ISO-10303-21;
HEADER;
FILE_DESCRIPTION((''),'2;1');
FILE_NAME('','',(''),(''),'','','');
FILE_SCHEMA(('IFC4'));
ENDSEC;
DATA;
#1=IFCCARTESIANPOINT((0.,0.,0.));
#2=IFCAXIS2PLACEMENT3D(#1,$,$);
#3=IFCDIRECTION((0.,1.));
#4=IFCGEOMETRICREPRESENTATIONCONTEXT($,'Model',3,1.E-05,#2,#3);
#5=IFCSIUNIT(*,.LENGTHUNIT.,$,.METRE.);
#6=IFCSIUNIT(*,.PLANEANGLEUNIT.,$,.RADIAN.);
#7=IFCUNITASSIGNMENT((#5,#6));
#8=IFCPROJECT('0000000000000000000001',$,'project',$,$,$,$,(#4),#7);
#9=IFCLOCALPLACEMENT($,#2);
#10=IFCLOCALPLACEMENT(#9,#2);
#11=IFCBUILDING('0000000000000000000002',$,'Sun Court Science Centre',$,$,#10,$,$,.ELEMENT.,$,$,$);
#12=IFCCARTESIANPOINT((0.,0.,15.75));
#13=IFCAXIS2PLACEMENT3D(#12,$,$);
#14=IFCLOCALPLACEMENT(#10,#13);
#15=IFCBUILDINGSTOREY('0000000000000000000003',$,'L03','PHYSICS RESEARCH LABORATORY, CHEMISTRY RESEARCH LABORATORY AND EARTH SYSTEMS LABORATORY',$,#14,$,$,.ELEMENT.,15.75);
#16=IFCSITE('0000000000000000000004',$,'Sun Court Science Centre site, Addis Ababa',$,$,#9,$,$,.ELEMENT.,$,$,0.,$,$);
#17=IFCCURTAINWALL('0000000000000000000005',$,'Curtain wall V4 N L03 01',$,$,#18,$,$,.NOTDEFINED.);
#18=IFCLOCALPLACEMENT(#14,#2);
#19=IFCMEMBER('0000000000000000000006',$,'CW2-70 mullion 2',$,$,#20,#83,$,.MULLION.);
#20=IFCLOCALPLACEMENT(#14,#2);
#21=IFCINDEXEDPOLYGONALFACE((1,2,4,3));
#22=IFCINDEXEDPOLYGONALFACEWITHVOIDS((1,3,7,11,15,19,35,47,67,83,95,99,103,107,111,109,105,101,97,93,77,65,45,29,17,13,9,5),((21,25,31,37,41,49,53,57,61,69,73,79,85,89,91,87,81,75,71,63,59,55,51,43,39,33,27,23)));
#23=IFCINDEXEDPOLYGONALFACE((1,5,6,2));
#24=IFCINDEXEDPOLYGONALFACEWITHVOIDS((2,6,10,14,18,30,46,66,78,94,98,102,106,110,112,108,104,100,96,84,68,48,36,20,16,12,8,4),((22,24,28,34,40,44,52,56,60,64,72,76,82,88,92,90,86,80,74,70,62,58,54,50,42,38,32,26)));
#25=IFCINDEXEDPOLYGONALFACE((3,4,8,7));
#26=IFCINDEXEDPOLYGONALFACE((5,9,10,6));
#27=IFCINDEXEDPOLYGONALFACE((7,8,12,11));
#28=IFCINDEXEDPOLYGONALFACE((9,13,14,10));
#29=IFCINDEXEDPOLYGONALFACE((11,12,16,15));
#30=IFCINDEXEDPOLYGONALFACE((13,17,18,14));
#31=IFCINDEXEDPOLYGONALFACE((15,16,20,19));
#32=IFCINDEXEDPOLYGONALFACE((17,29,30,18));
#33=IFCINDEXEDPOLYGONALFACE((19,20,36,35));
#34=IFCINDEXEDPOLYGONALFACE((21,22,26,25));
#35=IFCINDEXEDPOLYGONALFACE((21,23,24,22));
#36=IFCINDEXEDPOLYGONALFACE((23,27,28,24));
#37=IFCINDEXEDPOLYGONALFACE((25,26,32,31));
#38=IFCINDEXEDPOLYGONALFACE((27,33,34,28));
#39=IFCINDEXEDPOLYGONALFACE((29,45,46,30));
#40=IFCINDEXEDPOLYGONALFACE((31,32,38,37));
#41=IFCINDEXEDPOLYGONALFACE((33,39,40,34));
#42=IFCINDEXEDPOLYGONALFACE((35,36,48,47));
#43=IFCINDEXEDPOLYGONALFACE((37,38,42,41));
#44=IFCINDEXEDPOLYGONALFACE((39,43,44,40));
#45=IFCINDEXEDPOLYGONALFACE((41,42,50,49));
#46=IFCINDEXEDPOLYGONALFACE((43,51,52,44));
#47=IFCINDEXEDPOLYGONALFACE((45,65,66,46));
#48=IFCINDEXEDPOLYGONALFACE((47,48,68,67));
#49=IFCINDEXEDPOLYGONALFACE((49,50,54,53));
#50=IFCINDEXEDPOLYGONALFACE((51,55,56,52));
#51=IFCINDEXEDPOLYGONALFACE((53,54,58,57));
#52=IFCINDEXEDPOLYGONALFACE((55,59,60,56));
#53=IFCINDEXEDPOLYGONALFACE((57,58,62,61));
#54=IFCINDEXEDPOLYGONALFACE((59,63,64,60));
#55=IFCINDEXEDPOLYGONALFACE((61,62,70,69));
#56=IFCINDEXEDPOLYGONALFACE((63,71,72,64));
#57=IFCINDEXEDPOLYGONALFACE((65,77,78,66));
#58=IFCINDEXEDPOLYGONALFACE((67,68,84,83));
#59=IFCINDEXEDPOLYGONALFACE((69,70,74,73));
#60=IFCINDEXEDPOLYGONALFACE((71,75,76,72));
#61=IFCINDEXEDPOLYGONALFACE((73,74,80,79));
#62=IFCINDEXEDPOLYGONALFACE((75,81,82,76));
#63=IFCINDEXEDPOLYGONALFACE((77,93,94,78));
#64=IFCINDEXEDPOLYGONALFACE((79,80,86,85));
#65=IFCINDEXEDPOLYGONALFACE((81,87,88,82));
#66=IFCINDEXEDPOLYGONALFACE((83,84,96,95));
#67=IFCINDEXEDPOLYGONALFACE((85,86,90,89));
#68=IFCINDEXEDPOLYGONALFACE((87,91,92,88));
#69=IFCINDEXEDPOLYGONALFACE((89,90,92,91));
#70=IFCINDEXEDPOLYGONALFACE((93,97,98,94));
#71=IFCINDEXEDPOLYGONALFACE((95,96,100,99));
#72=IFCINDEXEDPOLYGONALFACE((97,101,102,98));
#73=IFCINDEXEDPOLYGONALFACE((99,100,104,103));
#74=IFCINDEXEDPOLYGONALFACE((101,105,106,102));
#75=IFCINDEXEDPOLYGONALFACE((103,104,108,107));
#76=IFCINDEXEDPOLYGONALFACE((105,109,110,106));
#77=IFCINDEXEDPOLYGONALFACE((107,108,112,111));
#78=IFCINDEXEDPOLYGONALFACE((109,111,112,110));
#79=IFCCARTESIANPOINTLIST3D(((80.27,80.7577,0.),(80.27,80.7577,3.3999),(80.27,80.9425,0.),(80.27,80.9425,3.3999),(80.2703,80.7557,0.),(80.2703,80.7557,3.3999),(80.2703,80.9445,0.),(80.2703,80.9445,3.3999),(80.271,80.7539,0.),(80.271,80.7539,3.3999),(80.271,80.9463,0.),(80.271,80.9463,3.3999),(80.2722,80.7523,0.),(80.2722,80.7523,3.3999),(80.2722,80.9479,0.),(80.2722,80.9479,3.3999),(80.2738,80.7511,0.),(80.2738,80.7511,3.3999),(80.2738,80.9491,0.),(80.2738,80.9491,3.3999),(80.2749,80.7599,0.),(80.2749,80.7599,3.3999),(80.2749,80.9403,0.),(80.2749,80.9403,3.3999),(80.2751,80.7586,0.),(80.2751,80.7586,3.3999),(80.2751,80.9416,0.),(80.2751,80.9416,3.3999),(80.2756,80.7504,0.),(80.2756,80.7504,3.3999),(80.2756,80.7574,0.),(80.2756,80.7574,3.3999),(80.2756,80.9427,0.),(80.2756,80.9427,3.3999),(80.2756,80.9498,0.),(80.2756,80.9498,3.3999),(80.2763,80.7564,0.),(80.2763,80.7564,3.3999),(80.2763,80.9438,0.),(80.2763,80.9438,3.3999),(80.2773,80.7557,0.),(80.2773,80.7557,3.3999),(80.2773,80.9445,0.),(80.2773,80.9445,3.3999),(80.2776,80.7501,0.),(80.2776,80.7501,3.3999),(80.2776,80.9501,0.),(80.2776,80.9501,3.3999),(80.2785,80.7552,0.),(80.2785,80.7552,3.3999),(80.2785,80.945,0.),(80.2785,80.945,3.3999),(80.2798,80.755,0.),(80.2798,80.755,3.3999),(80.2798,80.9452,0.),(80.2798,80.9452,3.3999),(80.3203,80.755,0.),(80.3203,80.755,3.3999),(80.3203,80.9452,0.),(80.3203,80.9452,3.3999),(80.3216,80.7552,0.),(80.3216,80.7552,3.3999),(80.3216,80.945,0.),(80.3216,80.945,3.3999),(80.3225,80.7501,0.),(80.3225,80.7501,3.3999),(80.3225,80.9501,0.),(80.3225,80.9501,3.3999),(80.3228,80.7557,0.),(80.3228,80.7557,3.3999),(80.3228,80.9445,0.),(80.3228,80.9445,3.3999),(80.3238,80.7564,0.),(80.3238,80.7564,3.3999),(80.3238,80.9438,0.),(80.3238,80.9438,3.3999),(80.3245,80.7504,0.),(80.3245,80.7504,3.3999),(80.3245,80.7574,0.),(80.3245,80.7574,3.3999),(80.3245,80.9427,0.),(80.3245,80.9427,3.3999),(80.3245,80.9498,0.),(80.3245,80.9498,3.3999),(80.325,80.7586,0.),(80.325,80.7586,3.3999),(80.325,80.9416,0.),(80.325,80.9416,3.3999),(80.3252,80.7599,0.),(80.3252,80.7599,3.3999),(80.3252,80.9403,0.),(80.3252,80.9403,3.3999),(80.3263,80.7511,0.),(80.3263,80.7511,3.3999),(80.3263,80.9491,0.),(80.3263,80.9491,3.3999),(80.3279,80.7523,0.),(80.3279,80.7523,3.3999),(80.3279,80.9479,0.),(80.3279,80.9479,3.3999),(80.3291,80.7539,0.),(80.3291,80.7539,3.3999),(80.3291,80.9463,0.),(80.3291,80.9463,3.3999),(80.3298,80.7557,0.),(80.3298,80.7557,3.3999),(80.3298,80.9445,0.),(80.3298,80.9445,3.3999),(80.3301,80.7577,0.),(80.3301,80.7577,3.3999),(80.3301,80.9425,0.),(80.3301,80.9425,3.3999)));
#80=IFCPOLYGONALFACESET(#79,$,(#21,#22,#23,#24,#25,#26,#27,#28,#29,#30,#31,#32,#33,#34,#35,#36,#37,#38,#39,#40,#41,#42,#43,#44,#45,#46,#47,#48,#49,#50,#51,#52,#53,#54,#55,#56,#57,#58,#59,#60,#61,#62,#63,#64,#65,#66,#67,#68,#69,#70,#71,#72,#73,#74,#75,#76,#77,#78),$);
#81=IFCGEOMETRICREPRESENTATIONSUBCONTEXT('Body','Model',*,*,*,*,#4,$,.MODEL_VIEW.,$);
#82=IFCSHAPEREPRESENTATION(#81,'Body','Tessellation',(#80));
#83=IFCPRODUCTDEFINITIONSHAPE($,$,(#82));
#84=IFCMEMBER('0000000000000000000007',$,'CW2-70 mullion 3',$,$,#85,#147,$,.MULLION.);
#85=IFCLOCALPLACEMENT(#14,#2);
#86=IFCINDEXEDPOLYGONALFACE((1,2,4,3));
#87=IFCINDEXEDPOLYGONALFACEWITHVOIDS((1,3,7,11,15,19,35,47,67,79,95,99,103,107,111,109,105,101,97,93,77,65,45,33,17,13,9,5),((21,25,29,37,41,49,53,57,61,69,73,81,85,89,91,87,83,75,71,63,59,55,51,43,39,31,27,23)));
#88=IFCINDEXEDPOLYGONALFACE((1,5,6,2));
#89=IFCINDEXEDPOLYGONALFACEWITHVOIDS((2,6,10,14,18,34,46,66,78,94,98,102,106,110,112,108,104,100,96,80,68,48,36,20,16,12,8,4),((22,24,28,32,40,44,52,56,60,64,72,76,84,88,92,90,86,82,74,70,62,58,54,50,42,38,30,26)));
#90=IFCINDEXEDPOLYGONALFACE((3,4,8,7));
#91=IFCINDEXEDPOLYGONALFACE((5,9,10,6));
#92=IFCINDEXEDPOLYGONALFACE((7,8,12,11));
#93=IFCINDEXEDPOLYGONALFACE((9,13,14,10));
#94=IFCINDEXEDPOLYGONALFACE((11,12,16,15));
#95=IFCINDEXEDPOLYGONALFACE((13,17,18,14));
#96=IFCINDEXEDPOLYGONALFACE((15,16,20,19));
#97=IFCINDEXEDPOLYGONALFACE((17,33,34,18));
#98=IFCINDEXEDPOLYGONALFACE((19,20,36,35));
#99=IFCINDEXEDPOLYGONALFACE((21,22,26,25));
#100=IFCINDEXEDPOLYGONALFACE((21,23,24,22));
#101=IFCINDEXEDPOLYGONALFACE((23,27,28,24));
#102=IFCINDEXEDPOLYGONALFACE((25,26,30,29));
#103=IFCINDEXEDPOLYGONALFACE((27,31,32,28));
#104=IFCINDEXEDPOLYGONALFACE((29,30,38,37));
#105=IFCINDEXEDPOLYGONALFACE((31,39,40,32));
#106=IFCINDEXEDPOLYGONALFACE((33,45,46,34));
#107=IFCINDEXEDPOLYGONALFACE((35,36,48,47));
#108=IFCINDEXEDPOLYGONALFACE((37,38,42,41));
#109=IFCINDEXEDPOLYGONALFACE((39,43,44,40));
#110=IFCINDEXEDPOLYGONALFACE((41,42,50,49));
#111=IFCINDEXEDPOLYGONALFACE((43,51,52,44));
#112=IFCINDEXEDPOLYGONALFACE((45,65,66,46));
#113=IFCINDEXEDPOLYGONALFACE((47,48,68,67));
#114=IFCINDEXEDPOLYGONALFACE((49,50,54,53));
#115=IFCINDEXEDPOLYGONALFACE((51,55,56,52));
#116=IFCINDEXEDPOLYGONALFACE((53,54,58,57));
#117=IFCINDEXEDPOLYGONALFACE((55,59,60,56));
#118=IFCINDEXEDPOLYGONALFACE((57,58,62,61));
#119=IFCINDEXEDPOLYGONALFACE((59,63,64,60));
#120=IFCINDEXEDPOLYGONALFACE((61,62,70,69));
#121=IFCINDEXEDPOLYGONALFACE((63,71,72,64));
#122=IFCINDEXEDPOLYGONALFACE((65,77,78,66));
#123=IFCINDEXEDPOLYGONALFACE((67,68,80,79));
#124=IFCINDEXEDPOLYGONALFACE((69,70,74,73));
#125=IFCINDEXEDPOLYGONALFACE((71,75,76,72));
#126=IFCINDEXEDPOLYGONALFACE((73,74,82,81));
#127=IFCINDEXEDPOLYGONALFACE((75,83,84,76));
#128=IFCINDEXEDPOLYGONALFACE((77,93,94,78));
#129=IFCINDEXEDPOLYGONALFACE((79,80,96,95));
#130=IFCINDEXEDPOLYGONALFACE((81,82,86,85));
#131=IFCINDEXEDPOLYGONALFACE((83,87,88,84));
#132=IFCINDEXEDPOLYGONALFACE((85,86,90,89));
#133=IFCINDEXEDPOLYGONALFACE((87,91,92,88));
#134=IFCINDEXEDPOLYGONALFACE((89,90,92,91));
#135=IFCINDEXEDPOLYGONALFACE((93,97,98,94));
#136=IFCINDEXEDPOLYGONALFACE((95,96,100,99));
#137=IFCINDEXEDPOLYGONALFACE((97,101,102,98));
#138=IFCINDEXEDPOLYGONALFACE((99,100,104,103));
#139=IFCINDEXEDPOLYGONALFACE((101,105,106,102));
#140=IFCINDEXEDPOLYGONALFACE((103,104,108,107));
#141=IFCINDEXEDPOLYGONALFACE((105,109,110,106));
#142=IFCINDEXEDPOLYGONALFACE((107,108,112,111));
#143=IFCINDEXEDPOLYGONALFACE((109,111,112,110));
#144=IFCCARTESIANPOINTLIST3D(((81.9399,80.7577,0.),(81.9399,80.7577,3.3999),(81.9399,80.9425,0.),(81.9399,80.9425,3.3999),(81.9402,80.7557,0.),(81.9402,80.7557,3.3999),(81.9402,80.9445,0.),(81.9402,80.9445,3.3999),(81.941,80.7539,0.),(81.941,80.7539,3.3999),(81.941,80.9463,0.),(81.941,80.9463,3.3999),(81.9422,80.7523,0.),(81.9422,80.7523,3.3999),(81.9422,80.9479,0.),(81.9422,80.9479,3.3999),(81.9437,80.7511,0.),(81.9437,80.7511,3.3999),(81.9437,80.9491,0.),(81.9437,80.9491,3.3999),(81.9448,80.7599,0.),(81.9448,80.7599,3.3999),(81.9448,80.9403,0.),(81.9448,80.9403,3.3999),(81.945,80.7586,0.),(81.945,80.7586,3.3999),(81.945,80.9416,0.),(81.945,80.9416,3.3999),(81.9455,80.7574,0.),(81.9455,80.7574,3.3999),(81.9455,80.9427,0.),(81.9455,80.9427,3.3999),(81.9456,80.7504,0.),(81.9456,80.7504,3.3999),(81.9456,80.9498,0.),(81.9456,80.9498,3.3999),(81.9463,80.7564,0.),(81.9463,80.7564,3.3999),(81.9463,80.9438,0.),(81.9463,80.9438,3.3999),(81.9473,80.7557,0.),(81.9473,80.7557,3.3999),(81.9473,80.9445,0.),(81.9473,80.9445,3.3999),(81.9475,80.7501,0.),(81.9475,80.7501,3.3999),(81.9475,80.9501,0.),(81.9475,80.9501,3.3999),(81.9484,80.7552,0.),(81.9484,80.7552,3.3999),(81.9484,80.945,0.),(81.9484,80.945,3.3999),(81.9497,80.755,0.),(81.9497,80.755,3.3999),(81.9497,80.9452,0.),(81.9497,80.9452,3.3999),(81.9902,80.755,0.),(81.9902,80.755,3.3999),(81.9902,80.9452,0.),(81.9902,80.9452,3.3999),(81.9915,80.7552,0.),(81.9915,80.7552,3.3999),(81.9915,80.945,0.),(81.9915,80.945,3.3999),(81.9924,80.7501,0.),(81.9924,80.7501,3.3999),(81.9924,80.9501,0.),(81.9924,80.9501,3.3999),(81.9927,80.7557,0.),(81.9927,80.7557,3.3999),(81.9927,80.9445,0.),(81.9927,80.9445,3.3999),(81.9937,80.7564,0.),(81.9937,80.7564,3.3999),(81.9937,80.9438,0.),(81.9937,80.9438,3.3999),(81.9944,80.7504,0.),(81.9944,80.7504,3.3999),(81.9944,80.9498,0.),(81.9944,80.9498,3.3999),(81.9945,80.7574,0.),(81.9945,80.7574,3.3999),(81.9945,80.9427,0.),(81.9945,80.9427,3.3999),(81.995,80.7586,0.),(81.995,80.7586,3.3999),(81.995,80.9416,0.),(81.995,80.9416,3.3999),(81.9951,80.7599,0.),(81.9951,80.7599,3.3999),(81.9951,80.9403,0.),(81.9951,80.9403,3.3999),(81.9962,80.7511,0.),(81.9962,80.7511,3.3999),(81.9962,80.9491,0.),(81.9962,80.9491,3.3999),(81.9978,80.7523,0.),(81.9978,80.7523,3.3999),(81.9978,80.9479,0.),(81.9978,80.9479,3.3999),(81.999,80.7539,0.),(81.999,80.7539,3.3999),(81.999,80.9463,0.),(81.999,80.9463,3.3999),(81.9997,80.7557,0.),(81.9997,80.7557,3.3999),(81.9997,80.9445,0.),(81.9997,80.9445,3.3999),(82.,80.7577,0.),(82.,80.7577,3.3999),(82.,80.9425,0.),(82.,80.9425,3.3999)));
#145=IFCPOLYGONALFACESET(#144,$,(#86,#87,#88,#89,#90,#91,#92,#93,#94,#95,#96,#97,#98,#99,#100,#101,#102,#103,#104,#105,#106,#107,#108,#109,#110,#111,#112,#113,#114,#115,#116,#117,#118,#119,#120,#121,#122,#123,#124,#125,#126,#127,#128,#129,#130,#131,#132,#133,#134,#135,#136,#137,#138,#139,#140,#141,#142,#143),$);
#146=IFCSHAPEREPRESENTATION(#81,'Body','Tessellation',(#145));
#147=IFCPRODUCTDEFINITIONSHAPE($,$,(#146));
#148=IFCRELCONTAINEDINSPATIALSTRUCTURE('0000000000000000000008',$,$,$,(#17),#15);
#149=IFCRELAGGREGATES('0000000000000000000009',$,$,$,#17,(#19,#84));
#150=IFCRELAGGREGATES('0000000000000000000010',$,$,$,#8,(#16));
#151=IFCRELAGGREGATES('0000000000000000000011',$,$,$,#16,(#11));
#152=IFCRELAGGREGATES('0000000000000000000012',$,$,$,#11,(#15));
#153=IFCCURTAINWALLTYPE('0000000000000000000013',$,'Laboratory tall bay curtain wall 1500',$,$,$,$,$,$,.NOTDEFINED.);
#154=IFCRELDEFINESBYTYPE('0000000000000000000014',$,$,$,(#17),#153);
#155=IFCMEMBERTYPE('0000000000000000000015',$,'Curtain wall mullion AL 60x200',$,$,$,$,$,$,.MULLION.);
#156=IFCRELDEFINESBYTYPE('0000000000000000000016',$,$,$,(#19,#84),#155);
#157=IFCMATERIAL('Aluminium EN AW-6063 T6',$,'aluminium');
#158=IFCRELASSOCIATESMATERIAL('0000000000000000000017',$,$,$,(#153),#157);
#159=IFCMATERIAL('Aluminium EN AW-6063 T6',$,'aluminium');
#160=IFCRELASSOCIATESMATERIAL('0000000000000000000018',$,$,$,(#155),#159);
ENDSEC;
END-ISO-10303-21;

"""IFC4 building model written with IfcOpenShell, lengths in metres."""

from ifc_helpers import new_model, si_unit, direction, frame, origin, origin_2d, place, context, subcontext, project, spatial, hollow_rectangle, extrude, material, material_profile, profile_set, type_object, element, aggregate, save


model = new_model("IFC4")

# Units and contexts
model_context = context("Model", 3, precision=1e-05, world=origin(), true_north=direction((0.0, 1.0)))
body_context = subcontext(model_context, "Body", "Model", "MODEL_VIEW")
ifc_project = project(units=[si_unit("LENGTHUNIT", "METRE"), si_unit("PLANEANGLEUNIT", "RADIAN")], contexts=[model_context])

# Site, building, storey
site_placement = place(None, origin())
site = spatial("IfcSite", under=ifc_project, at=site_placement, Name="Sun Court Science Centre site, Addis Ababa", CompositionType="ELEMENT", RefElevation=0.0)
building_placement = place(site_placement, origin())
building = spatial("IfcBuilding", under=site, at=building_placement, Name="Sun Court Science Centre", CompositionType="ELEMENT")
storey_placement = place(building_placement, frame((0.0, 0.0, 15.75)))
storey = spatial("IfcBuildingStorey", under=building, at=storey_placement, Name="L03", Description="PHYSICS RESEARCH LABORATORY, CHEMISTRY RESEARCH LABORATORY AND EARTH SYSTEMS LABORATORY", CompositionType="ELEMENT", Elevation=15.75)

# Curtain wall, members
ifc_material_1 = material(Name="Aluminium EN AW-6063 T6", Category="aluminium")
curtain_wall_type = type_object("IfcCurtainWallType", Name="Laboratory tall bay curtain wall 1500", PredefinedType="NOTDEFINED", material=ifc_material_1)
curtain_wall_1_placement = place(storey_placement, origin())
curtain_wall_1 = element("IfcCurtainWall", 1, at=curtain_wall_1_placement, inside=storey, type_object=curtain_wall_type, Name="Curtain wall V4 N L03 01", PredefinedType="NOTDEFINED")
ifc_material_2 = material(Name="Aluminium EN AW-6063 T6", Category="aluminium")
ifc_material_profile_1 = material_profile(ifc_material_2, hollow_rectangle(XDim=0.0601, YDim=0.2, WallThickness=0.0049, InnerFilletRadius=0.0049, OuterFilletRadius=0.0076, at=origin_2d()), Name="AL 60x200x5")
ifc_profile_set_1 = profile_set([ifc_material_profile_1], Name="Aluminium EN AW-6063 T6")
member_type_1 = type_object("IfcMemberType", Name="Curtain wall mullion AL 60x200", PredefinedType="MULLION", material=ifc_profile_set_1)
member_1_placement = place(storey_placement, frame((80.3, 80.8501, 0.0), z_axis=(0.0, 0.0, 1.0), x_axis=(1.0, 0.0, 0.0)))
member_1 = element("IfcMember", 2, at=member_1_placement, type_object=member_type_1, Name="CW2-70 mullion 2", PredefinedType="MULLION", context=body_context, shape_type="SweptSolid", body=[
    extrude(hollow_rectangle(XDim=0.0601, YDim=0.2, WallThickness=0.0049, InnerFilletRadius=0.0049, OuterFilletRadius=0.0076, at=origin_2d()), origin(), (0.0, 0.0, 1.0), 3.3999),
])
member_2_placement = place(storey_placement, frame((81.97, 80.8501, 0.0), z_axis=(0.0, 0.0, 1.0), x_axis=(1.0, 0.0, 0.0)))
member_2 = element("IfcMember", 3, at=member_2_placement, type_object=member_type_1, Name="CW2-70 mullion 3", PredefinedType="MULLION", context=body_context, shape_type="SweptSolid", body=[
    extrude(hollow_rectangle(XDim=0.0601, YDim=0.2, WallThickness=0.0049, InnerFilletRadius=0.0049, OuterFilletRadius=0.0076, at=origin_2d()), origin(), (0.0, 0.0, 1.0), 3.3999),
])

aggregate(curtain_wall_1, [member_1, member_2])

save(model, "model.ifc")
